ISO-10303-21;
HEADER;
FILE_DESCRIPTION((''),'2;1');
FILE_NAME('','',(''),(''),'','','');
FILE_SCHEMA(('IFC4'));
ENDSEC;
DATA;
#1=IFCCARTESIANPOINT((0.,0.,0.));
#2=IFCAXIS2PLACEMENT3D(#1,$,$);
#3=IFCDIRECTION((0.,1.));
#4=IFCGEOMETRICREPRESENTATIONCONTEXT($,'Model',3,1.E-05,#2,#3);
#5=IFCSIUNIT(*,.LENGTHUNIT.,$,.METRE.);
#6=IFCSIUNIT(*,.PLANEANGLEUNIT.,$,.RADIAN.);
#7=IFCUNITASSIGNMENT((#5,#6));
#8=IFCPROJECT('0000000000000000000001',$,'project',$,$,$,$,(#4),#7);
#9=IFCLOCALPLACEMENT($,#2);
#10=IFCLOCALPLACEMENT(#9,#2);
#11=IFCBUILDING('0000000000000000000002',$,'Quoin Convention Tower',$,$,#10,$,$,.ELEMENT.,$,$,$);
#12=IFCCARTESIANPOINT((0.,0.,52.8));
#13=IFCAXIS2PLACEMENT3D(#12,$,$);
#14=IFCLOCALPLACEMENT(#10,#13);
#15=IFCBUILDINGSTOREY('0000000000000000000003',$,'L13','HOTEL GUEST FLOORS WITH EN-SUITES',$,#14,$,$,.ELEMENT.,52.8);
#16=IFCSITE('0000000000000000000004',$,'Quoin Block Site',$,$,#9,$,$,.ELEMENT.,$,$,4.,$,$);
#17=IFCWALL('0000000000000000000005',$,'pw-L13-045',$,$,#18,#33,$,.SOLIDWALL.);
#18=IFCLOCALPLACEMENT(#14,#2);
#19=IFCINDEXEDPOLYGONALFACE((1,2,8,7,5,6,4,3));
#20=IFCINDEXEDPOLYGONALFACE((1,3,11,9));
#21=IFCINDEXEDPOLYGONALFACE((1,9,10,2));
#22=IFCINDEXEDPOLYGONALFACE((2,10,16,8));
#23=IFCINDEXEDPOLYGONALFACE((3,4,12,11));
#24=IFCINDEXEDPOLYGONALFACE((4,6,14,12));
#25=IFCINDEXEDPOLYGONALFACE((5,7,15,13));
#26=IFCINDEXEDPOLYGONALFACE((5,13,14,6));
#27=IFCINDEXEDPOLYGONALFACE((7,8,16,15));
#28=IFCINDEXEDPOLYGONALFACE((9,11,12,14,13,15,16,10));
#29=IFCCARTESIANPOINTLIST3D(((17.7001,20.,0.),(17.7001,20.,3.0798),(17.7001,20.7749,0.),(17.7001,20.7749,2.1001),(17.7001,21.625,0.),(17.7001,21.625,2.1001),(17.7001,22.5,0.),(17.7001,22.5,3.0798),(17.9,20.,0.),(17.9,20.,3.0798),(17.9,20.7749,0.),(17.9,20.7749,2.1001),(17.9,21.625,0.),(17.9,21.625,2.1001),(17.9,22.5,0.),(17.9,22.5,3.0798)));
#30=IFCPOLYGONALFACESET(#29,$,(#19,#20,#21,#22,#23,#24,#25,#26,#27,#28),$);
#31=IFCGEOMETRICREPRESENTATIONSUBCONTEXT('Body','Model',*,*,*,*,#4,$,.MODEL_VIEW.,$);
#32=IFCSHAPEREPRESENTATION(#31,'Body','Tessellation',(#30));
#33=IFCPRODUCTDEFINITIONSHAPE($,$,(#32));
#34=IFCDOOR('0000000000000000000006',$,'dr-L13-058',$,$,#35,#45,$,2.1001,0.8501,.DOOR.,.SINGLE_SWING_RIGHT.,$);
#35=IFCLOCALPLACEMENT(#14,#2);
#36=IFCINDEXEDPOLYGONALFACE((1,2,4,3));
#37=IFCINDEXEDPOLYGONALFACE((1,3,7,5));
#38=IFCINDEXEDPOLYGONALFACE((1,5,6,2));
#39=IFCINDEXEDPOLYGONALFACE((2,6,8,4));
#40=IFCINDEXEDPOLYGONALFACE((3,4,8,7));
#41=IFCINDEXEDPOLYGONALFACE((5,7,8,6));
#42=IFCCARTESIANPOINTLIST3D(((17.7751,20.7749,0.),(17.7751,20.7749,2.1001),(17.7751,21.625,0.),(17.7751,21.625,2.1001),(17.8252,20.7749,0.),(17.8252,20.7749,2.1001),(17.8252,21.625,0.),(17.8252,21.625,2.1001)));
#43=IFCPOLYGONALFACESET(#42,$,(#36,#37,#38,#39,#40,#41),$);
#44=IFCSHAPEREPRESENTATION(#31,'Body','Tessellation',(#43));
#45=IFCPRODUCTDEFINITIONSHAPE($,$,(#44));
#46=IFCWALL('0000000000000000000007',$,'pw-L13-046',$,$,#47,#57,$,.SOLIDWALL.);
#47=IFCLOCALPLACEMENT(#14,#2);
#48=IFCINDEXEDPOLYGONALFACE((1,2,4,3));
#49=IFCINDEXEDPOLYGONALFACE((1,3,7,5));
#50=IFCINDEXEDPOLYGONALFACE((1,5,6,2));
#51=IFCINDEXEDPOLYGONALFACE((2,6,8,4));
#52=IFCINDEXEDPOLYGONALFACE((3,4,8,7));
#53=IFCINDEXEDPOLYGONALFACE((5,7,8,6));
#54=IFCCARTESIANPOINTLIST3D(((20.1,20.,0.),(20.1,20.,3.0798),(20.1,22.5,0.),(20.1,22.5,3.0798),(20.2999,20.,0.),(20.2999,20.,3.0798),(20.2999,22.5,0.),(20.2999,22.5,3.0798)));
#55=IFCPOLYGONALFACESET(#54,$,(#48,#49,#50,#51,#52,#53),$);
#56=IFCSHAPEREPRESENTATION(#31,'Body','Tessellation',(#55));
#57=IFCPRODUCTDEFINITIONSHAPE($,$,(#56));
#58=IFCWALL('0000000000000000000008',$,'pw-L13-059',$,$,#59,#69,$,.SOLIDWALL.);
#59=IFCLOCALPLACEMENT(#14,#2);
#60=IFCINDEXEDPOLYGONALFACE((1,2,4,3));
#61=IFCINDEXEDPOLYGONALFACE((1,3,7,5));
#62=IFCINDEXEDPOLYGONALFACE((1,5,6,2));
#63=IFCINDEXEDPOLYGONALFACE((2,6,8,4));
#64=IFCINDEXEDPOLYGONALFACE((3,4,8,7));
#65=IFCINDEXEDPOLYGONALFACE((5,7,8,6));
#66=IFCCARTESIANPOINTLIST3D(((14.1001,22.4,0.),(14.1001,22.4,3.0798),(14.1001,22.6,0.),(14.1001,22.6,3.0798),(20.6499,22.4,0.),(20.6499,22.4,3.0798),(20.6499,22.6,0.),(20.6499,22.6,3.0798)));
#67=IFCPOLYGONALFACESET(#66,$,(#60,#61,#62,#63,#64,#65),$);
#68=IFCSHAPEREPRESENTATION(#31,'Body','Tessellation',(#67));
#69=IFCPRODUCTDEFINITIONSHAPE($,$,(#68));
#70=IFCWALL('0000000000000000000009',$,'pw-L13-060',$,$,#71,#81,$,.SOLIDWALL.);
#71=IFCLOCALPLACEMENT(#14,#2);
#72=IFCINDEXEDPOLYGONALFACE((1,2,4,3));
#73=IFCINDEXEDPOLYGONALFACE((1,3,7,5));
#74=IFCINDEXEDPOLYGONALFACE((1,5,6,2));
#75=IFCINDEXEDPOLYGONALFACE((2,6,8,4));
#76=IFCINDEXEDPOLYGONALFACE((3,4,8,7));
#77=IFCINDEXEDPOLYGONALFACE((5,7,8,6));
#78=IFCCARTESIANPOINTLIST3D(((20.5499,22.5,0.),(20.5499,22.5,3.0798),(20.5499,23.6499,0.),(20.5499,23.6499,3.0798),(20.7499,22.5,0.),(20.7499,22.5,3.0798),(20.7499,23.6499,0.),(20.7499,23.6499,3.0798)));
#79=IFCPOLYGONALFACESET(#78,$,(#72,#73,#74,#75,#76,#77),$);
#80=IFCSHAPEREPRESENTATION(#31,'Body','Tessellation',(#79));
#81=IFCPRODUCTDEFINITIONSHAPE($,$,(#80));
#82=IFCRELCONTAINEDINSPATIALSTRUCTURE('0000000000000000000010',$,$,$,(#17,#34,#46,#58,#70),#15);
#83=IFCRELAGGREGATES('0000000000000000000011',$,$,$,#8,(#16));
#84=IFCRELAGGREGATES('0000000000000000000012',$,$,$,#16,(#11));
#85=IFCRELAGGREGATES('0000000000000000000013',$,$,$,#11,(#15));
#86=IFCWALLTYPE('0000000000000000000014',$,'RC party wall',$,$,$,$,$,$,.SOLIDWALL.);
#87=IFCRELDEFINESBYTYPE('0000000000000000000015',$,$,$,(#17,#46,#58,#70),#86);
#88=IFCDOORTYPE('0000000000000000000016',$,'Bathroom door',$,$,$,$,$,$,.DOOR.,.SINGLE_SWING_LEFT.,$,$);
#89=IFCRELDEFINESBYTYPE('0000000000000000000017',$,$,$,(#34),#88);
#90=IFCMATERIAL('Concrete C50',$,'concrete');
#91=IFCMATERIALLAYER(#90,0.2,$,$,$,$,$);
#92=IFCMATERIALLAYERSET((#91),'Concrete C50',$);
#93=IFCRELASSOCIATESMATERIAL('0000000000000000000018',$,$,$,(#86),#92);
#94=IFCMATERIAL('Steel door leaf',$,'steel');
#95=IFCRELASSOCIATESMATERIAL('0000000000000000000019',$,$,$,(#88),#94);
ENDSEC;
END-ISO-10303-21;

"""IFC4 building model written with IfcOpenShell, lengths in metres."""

from ifc_helpers import new_model, si_unit, direction, frame, frame_2d, origin, place, context, subcontext, project, spatial, rectangle, extrude, material, layer, layer_set, type_object, element, fill, save


model = new_model("IFC4")

# Units and contexts
model_context = context("Model", 3, precision=1e-05, world=origin(), true_north=direction((0.0, 1.0)))
body_context = subcontext(model_context, "Body", "Model", "MODEL_VIEW")
ifc_project = project(units=[si_unit("LENGTHUNIT", "METRE"), si_unit("PLANEANGLEUNIT", "RADIAN")], contexts=[model_context])

# Site, building, storey
site_placement = place(None, origin())
site = spatial("IfcSite", under=ifc_project, at=site_placement, Name="Quoin Block Site", CompositionType="ELEMENT", RefElevation=4.0)
building_placement = place(site_placement, origin())
building = spatial("IfcBuilding", under=site, at=building_placement, Name="Quoin Convention Tower", CompositionType="ELEMENT")
storey_placement = place(building_placement, frame((0.0, 0.0, 52.8)))
storey = spatial("IfcBuildingStorey", under=building, at=storey_placement, Name="L13", Description="HOTEL GUEST FLOORS WITH EN-SUITES", CompositionType="ELEMENT", Elevation=52.8)

# Shared definitions
ifc_material_1 = material(Name="Concrete C50", Category="concrete")
ifc_layer_1 = layer(ifc_material_1, 0.2)
ifc_layer_set_1 = layer_set([ifc_layer_1], Name="Concrete C50")
wall_type_1 = type_object("IfcWallType", Name="RC party wall", PredefinedType="SOLIDWALL", material=ifc_layer_set_1)

# Wall, opening, door
wall_1_placement = place(storey_placement, frame((17.8, 20.0, 0.0), z_axis=(0.0, 0.0, 1.0), x_axis=(0.0, 1.0, 0.0)))
wall_1 = element("IfcWall", 1, at=wall_1_placement, inside=storey, type_object=wall_type_1, Name="pw-L13-045", PredefinedType="SOLIDWALL", context=body_context, shape_type="SweptSolid", body=[
    extrude(rectangle(XDim=2.5, YDim=0.2, at=frame_2d((1.25, 0.0))), origin(), (0.0, 0.0, 1.0), 3.0798),
])
opening_1_placement = place(wall_1_placement, frame((0.7749, 0.0, 0.0)))
opening_1 = element("IfcOpeningElement", 2, at=opening_1_placement, cuts=wall_1, PredefinedType="OPENING", context=body_context, shape_type="SweptSolid", body=[
    extrude(rectangle(XDim=0.8501, YDim=2.1001, at=frame_2d((0.425, 1.05))), frame((0.0, 0.1099, 0.0), z_axis=(0.0, -1.0, 0.0), x_axis=(1.0, 0.0, 0.0)), (0.0, 0.0, 1.0), 0.22),
])
ifc_material_2 = material(Name="Steel door leaf", Category="steel")
door_type_1 = type_object("IfcDoorType", Name="Bathroom door", OperationType="SINGLE_SWING_LEFT", PredefinedType="DOOR", material=ifc_material_2)
door_1_placement = place(opening_1_placement, origin())
door_1 = element("IfcDoor", 3, at=door_1_placement, inside=storey, type_object=door_type_1, Name="dr-L13-058", OperationType="SINGLE_SWING_RIGHT", OverallHeight=2.1001, OverallWidth=0.8501, PredefinedType="DOOR", context=body_context, shape_type="SweptSolid", body=[
    extrude(rectangle(XDim=0.8501, YDim=2.1001, at=frame_2d((0.425, 1.05))), frame((0.0, 0.0249, 0.0), z_axis=(0.0, -1.0, 0.0), x_axis=(1.0, 0.0, 0.0)), (0.0, 0.0, 1.0), 0.05),
])
fill(opening_1, door_1)

# Walls
wall_2_placement = place(storey_placement, frame((20.2, 20.0, 0.0), z_axis=(0.0, 0.0, 1.0), x_axis=(0.0, 1.0, 0.0)))
element("IfcWall", 4, at=wall_2_placement, inside=storey, type_object=wall_type_1, Name="pw-L13-046", PredefinedType="SOLIDWALL", context=body_context, shape_type="SweptSolid", body=[
    extrude(rectangle(XDim=2.5, YDim=0.2, at=frame_2d((1.25, 0.0))), origin(), (0.0, 0.0, 1.0), 3.0798),
])
wall_3_placement = place(storey_placement, frame((14.1001, 22.5, 0.0), z_axis=(0.0, 0.0, 1.0), x_axis=(1.0, 0.0, 0.0)))
element("IfcWall", 5, at=wall_3_placement, inside=storey, type_object=wall_type_1, Name="pw-L13-059", PredefinedType="SOLIDWALL", context=body_context, shape_type="SweptSolid", body=[
    extrude(rectangle(XDim=6.5498, YDim=0.2, at=frame_2d((3.2749, 0.0))), origin(), (0.0, 0.0, 1.0), 3.0798),
])
wall_4_placement = place(storey_placement, frame((20.6499, 22.5, 0.0), z_axis=(0.0, 0.0, 1.0), x_axis=(0.0, 1.0, 0.0)))
element("IfcWall", 6, at=wall_4_placement, inside=storey, type_object=wall_type_1, Name="pw-L13-060", PredefinedType="SOLIDWALL", context=body_context, shape_type="SweptSolid", body=[
    extrude(rectangle(XDim=1.1499, YDim=0.2, at=frame_2d((0.575, 0.0))), origin(), (0.0, 0.0, 1.0), 3.0798),
])

save(model, "model.ifc")
